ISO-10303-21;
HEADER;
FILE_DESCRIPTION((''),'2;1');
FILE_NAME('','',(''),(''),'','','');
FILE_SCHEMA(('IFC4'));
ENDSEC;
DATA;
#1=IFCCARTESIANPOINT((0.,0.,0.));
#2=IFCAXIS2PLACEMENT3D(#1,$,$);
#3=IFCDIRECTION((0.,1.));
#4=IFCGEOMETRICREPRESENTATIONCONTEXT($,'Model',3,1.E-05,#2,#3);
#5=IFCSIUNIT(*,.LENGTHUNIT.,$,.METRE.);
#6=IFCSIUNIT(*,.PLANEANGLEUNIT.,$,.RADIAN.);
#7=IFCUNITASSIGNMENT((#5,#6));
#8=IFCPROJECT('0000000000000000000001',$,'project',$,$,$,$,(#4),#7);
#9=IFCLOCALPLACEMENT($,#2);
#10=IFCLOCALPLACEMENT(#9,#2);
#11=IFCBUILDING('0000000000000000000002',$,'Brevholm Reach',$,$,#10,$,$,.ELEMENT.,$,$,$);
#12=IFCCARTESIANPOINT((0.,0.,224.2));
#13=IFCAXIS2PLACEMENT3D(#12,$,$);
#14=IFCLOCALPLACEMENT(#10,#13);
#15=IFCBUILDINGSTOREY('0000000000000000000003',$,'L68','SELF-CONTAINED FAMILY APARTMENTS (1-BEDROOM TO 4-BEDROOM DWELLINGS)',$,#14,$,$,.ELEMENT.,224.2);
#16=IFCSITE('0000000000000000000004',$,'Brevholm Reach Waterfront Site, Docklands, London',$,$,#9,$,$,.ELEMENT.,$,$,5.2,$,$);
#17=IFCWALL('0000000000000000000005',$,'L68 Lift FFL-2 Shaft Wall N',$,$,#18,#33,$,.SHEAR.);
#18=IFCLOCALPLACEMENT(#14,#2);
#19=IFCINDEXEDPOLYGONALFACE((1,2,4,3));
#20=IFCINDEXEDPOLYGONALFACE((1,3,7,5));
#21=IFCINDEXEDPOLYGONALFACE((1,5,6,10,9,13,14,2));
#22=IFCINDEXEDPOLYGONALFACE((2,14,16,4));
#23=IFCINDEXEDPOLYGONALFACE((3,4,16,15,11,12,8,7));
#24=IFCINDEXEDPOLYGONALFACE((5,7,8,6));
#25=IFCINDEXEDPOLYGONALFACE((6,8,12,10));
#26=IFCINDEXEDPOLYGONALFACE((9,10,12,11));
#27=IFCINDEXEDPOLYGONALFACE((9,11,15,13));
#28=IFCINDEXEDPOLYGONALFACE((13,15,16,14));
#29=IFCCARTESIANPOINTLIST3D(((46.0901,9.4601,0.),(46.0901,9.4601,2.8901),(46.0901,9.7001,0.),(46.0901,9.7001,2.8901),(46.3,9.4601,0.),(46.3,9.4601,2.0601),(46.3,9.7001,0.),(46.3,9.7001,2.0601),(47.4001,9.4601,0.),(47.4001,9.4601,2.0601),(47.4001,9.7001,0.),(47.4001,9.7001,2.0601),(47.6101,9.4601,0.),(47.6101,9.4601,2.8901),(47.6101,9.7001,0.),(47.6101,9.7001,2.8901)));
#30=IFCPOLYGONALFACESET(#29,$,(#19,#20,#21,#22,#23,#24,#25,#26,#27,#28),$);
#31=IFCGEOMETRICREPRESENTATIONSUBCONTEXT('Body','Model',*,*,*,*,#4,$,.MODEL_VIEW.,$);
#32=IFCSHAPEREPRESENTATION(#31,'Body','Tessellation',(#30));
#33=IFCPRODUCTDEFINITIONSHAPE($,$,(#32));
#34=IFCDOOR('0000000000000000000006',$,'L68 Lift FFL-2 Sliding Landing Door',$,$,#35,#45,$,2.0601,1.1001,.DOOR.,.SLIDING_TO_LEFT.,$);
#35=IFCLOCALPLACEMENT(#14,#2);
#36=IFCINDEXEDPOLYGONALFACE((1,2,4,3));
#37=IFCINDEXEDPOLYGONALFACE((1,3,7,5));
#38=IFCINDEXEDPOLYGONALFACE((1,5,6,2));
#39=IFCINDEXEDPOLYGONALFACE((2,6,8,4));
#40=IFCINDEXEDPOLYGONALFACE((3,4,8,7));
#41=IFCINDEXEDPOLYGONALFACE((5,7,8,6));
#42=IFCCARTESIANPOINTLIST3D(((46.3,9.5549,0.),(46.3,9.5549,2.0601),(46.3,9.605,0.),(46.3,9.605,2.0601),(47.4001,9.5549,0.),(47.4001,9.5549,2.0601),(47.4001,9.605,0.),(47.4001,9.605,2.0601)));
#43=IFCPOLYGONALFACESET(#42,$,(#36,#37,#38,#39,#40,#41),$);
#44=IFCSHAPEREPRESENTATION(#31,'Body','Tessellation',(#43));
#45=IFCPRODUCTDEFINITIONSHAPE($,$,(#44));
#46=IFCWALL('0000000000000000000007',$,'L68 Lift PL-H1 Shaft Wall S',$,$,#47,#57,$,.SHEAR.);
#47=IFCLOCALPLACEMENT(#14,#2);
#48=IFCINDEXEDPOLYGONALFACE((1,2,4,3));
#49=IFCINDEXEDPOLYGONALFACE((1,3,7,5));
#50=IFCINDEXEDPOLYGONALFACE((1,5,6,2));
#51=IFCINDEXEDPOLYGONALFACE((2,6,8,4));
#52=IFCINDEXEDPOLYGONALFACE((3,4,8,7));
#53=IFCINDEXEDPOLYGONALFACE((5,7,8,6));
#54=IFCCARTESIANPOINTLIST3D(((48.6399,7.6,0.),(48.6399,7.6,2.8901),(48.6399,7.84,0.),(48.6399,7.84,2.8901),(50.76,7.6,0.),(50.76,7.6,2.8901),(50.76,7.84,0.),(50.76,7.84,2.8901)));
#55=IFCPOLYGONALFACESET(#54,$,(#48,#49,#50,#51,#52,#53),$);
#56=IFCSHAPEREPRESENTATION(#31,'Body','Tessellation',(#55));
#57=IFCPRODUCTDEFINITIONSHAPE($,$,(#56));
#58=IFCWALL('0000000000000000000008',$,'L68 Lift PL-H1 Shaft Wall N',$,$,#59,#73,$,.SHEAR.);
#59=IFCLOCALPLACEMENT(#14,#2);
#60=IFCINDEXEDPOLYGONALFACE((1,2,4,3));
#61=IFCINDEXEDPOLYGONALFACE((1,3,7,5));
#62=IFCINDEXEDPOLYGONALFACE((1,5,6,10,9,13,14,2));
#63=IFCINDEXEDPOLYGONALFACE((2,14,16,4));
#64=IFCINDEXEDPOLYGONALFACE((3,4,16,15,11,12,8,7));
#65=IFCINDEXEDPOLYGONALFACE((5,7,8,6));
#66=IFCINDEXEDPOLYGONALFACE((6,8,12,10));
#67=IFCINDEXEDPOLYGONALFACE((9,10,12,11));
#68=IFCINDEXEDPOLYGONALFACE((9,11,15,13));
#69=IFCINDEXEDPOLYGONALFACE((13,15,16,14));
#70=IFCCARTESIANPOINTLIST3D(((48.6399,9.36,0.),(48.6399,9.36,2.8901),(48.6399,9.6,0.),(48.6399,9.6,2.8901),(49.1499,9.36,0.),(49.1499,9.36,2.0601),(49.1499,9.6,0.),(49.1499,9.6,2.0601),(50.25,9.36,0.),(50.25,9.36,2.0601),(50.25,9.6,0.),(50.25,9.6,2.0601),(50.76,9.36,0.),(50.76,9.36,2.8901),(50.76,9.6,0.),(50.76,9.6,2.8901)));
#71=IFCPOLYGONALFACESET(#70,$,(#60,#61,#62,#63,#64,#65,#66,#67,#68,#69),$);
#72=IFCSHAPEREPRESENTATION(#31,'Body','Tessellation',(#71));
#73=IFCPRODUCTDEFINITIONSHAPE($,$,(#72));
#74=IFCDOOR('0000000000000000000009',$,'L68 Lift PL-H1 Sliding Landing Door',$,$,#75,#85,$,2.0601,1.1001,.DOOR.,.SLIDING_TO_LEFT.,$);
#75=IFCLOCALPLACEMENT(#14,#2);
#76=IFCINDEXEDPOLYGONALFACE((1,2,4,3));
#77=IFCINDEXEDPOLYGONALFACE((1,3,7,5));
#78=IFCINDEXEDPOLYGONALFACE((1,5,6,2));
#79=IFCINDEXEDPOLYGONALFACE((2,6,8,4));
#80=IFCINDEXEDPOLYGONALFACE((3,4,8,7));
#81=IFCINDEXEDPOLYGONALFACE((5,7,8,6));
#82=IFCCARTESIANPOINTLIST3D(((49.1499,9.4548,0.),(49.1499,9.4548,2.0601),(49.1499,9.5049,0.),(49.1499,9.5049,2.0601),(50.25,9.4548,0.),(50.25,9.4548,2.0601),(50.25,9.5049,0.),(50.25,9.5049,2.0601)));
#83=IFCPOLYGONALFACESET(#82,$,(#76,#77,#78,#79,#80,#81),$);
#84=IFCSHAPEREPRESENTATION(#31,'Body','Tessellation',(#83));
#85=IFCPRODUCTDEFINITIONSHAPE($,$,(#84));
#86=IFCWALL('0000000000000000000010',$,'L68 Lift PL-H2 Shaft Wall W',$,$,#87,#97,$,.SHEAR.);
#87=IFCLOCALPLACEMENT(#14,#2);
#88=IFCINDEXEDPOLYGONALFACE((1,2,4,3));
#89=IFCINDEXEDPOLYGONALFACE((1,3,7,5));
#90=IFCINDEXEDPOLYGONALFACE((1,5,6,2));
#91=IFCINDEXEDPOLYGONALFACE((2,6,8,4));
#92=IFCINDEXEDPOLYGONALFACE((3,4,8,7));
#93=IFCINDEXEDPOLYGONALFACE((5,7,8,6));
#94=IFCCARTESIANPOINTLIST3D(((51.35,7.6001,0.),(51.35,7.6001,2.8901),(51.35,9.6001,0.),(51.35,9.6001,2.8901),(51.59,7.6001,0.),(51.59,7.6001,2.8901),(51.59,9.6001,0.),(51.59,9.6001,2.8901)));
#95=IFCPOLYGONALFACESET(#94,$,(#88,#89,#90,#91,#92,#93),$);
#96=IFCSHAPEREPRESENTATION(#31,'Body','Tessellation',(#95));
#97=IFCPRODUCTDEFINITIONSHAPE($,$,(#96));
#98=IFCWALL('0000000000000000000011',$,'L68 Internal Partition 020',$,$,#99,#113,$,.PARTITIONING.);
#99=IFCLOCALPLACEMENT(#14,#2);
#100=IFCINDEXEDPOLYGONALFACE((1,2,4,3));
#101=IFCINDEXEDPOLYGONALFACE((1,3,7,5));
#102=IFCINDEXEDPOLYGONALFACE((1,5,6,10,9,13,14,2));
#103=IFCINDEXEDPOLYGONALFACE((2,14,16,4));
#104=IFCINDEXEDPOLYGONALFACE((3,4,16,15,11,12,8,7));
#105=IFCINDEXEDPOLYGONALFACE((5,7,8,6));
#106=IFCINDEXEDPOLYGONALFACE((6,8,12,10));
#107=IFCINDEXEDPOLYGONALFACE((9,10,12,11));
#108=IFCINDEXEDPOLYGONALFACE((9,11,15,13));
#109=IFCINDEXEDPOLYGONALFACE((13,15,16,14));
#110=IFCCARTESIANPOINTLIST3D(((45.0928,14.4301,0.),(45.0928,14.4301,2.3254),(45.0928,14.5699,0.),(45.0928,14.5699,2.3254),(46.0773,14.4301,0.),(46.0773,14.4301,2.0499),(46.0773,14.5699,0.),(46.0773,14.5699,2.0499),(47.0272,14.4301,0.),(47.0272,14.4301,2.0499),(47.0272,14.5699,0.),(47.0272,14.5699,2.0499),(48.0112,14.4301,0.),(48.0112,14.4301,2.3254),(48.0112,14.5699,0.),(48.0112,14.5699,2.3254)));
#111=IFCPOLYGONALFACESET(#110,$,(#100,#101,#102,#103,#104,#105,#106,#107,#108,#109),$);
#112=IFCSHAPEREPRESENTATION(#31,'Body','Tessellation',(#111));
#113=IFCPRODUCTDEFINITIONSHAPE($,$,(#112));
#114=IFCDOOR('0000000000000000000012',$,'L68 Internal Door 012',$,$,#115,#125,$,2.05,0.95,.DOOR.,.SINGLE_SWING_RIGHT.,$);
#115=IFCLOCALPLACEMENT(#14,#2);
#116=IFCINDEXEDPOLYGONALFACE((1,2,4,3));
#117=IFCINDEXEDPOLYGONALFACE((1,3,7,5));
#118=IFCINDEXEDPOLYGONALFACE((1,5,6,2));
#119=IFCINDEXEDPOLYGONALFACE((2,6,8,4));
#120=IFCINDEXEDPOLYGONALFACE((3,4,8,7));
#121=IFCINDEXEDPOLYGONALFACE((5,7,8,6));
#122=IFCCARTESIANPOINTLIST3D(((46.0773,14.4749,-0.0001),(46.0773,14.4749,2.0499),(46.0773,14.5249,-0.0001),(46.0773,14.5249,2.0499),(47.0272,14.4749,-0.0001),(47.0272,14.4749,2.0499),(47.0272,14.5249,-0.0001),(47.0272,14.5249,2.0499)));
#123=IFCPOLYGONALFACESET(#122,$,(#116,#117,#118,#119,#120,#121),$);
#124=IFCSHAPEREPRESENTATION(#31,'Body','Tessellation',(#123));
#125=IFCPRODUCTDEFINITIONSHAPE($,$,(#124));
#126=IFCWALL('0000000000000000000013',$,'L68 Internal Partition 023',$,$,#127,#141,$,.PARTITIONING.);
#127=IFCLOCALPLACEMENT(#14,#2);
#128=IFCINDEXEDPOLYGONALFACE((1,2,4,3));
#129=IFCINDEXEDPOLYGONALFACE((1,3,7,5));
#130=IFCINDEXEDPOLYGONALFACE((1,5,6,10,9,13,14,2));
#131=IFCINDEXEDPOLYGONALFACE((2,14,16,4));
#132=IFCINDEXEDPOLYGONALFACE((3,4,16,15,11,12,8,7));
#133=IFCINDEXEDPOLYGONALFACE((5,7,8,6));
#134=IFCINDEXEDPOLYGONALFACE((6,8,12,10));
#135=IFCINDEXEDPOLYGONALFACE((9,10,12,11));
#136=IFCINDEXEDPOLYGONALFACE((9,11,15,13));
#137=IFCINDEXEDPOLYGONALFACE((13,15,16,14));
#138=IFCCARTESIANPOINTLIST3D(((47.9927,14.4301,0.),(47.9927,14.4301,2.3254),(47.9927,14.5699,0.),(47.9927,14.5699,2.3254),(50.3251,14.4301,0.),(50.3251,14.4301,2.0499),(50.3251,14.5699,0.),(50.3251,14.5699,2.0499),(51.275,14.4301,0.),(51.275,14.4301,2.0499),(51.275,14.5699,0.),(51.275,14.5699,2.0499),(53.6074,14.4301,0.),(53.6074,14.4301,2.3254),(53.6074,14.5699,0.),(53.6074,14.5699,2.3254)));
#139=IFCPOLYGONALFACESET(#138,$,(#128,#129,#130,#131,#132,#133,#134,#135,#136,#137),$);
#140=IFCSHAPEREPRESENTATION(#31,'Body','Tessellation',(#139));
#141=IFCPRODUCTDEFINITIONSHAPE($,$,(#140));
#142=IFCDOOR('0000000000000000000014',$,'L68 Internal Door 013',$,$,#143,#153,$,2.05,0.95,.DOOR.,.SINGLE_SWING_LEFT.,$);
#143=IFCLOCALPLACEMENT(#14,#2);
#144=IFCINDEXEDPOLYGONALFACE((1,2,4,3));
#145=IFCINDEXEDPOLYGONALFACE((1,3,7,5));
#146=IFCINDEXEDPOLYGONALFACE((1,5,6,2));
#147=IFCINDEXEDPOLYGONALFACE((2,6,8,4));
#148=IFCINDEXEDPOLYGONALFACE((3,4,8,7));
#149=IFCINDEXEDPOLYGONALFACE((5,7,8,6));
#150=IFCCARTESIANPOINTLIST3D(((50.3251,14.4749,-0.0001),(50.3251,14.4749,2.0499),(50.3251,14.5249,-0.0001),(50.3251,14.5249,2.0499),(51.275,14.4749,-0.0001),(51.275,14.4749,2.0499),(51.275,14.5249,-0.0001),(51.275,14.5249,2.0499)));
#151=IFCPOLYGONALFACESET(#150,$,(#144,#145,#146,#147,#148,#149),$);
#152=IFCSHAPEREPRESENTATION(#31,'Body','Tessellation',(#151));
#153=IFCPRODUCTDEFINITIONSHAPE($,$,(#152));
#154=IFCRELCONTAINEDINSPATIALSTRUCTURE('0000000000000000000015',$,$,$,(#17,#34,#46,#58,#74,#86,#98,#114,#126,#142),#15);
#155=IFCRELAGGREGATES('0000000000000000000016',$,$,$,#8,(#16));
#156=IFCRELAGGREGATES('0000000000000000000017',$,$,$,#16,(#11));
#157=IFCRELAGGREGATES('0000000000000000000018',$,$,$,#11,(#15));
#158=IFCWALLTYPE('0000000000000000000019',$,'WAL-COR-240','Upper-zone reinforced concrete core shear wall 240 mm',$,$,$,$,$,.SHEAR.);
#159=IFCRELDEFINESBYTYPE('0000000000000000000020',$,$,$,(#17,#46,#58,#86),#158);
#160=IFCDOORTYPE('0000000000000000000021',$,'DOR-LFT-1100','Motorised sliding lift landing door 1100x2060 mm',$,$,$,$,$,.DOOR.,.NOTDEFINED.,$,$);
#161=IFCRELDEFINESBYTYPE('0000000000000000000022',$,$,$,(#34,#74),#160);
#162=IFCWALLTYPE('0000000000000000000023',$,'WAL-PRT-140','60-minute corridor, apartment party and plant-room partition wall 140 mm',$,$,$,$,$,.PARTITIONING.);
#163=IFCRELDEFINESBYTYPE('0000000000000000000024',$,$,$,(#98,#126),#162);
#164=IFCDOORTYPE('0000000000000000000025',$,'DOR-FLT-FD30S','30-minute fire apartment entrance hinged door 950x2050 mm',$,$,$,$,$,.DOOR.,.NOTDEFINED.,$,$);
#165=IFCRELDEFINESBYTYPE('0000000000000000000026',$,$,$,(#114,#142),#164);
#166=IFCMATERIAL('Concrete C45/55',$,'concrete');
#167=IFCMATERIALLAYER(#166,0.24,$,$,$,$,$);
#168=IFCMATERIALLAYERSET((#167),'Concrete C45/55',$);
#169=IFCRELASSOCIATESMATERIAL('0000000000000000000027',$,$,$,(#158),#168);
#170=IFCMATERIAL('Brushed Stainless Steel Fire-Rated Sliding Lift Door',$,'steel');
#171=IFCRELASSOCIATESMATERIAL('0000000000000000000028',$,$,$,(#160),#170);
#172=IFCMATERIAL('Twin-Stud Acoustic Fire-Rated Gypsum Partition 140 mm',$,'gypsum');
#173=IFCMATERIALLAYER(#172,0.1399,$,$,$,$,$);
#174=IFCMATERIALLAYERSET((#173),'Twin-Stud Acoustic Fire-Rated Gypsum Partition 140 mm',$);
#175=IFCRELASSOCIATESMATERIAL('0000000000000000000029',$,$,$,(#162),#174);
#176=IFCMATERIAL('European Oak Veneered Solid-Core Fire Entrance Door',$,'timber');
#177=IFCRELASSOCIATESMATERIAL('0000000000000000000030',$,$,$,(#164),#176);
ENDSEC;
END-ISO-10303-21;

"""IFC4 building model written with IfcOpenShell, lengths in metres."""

from ifc_helpers import new_model, si_unit, direction, frame, frame_2d, origin, place, context, subcontext, project, spatial, rectangle, extrude, material, layer, layer_set, type_object, element, fill, save


model = new_model("IFC4")

# Units and contexts
model_context = context("Model", 3, precision=1e-05, world=origin(), true_north=direction((0.0, 1.0)))
body_context = subcontext(model_context, "Body", "Model", "MODEL_VIEW")
ifc_project = project(units=[si_unit("LENGTHUNIT", "METRE"), si_unit("PLANEANGLEUNIT", "RADIAN")], contexts=[model_context])

# Site, building, storey
site_placement = place(None, origin())
site = spatial("IfcSite", under=ifc_project, at=site_placement, Name="Brevholm Reach Waterfront Site, Docklands, London", CompositionType="ELEMENT", RefElevation=5.2)
building_placement = place(site_placement, origin())
building = spatial("IfcBuilding", under=site, at=building_placement, Name="Brevholm Reach", CompositionType="ELEMENT")
storey_placement = place(building_placement, frame((0.0, 0.0, 224.2)))
storey = spatial("IfcBuildingStorey", under=building, at=storey_placement, Name="L68", Description="SELF-CONTAINED FAMILY APARTMENTS (1-BEDROOM TO 4-BEDROOM DWELLINGS)", CompositionType="ELEMENT", Elevation=224.2)

# Wall, opening, door
ifc_material_1 = material(Name="Concrete C45/55", Category="concrete")
ifc_layer_1 = layer(ifc_material_1, 0.24)
ifc_layer_set_1 = layer_set([ifc_layer_1], Name="Concrete C45/55")
wall_type_1 = type_object("IfcWallType", Name="WAL-COR-240", Description="Upper-zone reinforced concrete core shear wall 240 mm", PredefinedType="SHEAR", material=ifc_layer_set_1)
wall_1_placement = place(storey_placement, frame((46.0901, 9.5801, 0.0), z_axis=(0.0, 0.0, 1.0), x_axis=(1.0, 0.0, 0.0)))
wall_1 = element("IfcWall", 1, at=wall_1_placement, inside=storey, type_object=wall_type_1, Name="L68 Lift FFL-2 Shaft Wall N", PredefinedType="SHEAR", context=body_context, shape_type="SweptSolid", body=[
    extrude(rectangle(XDim=1.52, YDim=0.24, at=frame_2d((0.76, 0.0))), origin(), (0.0, 0.0, 1.0), 2.8901),
])
opening_1_placement = place(wall_1_placement, frame((0.21, 0.0, 0.0)))
opening_1 = element("IfcOpeningElement", 2, at=opening_1_placement, cuts=wall_1, PredefinedType="OPENING", context=body_context, shape_type="SweptSolid", body=[
    extrude(rectangle(XDim=1.1001, YDim=2.0601, at=frame_2d((0.55, 1.03))), frame((0.0, 0.1299, 0.0), z_axis=(0.0, -1.0, 0.0), x_axis=(1.0, 0.0, 0.0)), (0.0, 0.0, 1.0), 0.26),
])
ifc_material_2 = material(Name="Brushed Stainless Steel Fire-Rated Sliding Lift Door", Category="steel")
door_type_1 = type_object("IfcDoorType", Name="DOR-LFT-1100", Description="Motorised sliding lift landing door 1100x2060 mm", OperationType="NOTDEFINED", PredefinedType="DOOR", material=ifc_material_2)
door_1_placement = place(opening_1_placement, origin())
door_1 = element("IfcDoor", 3, at=door_1_placement, inside=storey, type_object=door_type_1, Name="L68 Lift FFL-2 Sliding Landing Door", OperationType="SLIDING_TO_LEFT", OverallHeight=2.0601, OverallWidth=1.1001, PredefinedType="DOOR", context=body_context, shape_type="SweptSolid", body=[
    extrude(rectangle(XDim=1.1001, YDim=2.0601, at=frame_2d((0.55, 1.03))), frame((0.0, 0.0249, 0.0), z_axis=(0.0, -1.0, 0.0), x_axis=(1.0, 0.0, 0.0)), (0.0, 0.0, 1.0), 0.05),
])
fill(opening_1, door_1)

# Wall
wall_2_placement = place(storey_placement, frame((48.6399, 7.72, 0.0), z_axis=(0.0, 0.0, 1.0), x_axis=(1.0, 0.0, 0.0)))
element("IfcWall", 4, at=wall_2_placement, inside=storey, type_object=wall_type_1, Name="L68 Lift PL-H1 Shaft Wall S", PredefinedType="SHEAR", context=body_context, shape_type="SweptSolid", body=[
    extrude(rectangle(XDim=2.1201, YDim=0.24, at=frame_2d((1.0601, 0.0))), origin(), (0.0, 0.0, 1.0), 2.8901),
])

# Wall, opening, door
wall_3_placement = place(storey_placement, frame((48.6399, 9.48, 0.0), z_axis=(0.0, 0.0, 1.0), x_axis=(1.0, 0.0, 0.0)))
wall_3 = element("IfcWall", 5, at=wall_3_placement, inside=storey, type_object=wall_type_1, Name="L68 Lift PL-H1 Shaft Wall N", PredefinedType="SHEAR", context=body_context, shape_type="SweptSolid", body=[
    extrude(rectangle(XDim=2.1201, YDim=0.24, at=frame_2d((1.0601, 0.0))), origin(), (0.0, 0.0, 1.0), 2.8901),
])
opening_2_placement = place(wall_3_placement, frame((0.51, 0.0, 0.0)))
opening_2 = element("IfcOpeningElement", 6, at=opening_2_placement, cuts=wall_3, PredefinedType="OPENING", context=body_context, shape_type="SweptSolid", body=[
    extrude(rectangle(XDim=1.1001, YDim=2.0601, at=frame_2d((0.55, 1.03))), frame((0.0, 0.1299, 0.0), z_axis=(0.0, -1.0, 0.0), x_axis=(1.0, 0.0, 0.0)), (0.0, 0.0, 1.0), 0.26),
])
door_2_placement = place(opening_2_placement, origin())
door_2 = element("IfcDoor", 7, at=door_2_placement, inside=storey, type_object=door_type_1, Name="L68 Lift PL-H1 Sliding Landing Door", OperationType="SLIDING_TO_LEFT", OverallHeight=2.0601, OverallWidth=1.1001, PredefinedType="DOOR", context=body_context, shape_type="SweptSolid", body=[
    extrude(rectangle(XDim=1.1001, YDim=2.0601, at=frame_2d((0.55, 1.03))), frame((0.0, 0.0249, 0.0), z_axis=(0.0, -1.0, 0.0), x_axis=(1.0, 0.0, 0.0)), (0.0, 0.0, 1.0), 0.05),
])
fill(opening_2, door_2)

# Wall
wall_4_placement = place(storey_placement, frame((51.47, 7.6001, 0.0), z_axis=(0.0, 0.0, 1.0), x_axis=(0.0, 1.0, 0.0)))
element("IfcWall", 8, at=wall_4_placement, inside=storey, type_object=wall_type_1, Name="L68 Lift PL-H2 Shaft Wall W", PredefinedType="SHEAR", context=body_context, shape_type="SweptSolid", body=[
    extrude(rectangle(XDim=2.0, YDim=0.24, at=frame_2d((1.0, 0.0))), origin(), (0.0, 0.0, 1.0), 2.8901),
])

# Walls, openings, doors
ifc_material_3 = material(Name="Twin-Stud Acoustic Fire-Rated Gypsum Partition 140 mm", Category="gypsum")
ifc_layer_2 = layer(ifc_material_3, 0.1399)
ifc_layer_set_2 = layer_set([ifc_layer_2], Name="Twin-Stud Acoustic Fire-Rated Gypsum Partition 140 mm")
wall_type_2 = type_object("IfcWallType", Name="WAL-PRT-140", Description="60-minute corridor, apartment party and plant-room partition wall 140 mm", PredefinedType="PARTITIONING", material=ifc_layer_set_2)
wall_5_placement = place(storey_placement, frame((45.0928, 14.5, 0.0), z_axis=(0.0, 0.0, 1.0), x_axis=(1.0, 0.0, 0.0)))
wall_5 = element("IfcWall", 9, at=wall_5_placement, inside=storey, type_object=wall_type_2, Name="L68 Internal Partition 020", PredefinedType="PARTITIONING", context=body_context, shape_type="SweptSolid", body=[
    extrude(rectangle(XDim=2.9185, YDim=0.1399, at=frame_2d((1.4592, 0.0))), origin(), (0.0, 0.0, 1.0), 2.3254),
])
opening_3_placement = place(wall_5_placement, frame((0.9844, 0.0, 0.0)))
opening_3 = element("IfcOpeningElement", 10, at=opening_3_placement, cuts=wall_5, PredefinedType="OPENING", context=body_context, shape_type="SweptSolid", body=[
    extrude(rectangle(XDim=0.95, YDim=2.05, at=frame_2d((0.4751, 1.0249))), frame((0.0, 0.0798, 0.0), z_axis=(0.0, -1.0, 0.0), x_axis=(1.0, 0.0, 0.0)), (0.0, 0.0, 1.0), 0.1599),
])
ifc_material_4 = material(Name="European Oak Veneered Solid-Core Fire Entrance Door", Category="timber")
door_type_2 = type_object("IfcDoorType", Name="DOR-FLT-FD30S", Description="30-minute fire apartment entrance hinged door 950x2050 mm", OperationType="NOTDEFINED", PredefinedType="DOOR", material=ifc_material_4)
door_3_placement = place(opening_3_placement, origin())
door_3 = element("IfcDoor", 11, at=door_3_placement, inside=storey, type_object=door_type_2, Name="L68 Internal Door 012", OperationType="SINGLE_SWING_RIGHT", OverallHeight=2.05, OverallWidth=0.95, PredefinedType="DOOR", context=body_context, shape_type="SweptSolid", body=[
    extrude(rectangle(XDim=0.95, YDim=2.05, at=frame_2d((0.4751, 1.0249))), frame((0.0, 0.0249, 0.0), z_axis=(0.0, -1.0, 0.0), x_axis=(1.0, 0.0, 0.0)), (0.0, 0.0, 1.0), 0.05),
])
fill(opening_3, door_3)
wall_6_placement = place(storey_placement, frame((47.9927, 14.5, 0.0), z_axis=(0.0, 0.0, 1.0), x_axis=(1.0, 0.0, 0.0)))
wall_6 = element("IfcWall", 12, at=wall_6_placement, inside=storey, type_object=wall_type_2, Name="L68 Internal Partition 023", PredefinedType="PARTITIONING", context=body_context, shape_type="SweptSolid", body=[
    extrude(rectangle(XDim=5.6147, YDim=0.1399, at=frame_2d((2.8074, 0.0))), origin(), (0.0, 0.0, 1.0), 2.3254),
])
opening_4_placement = place(wall_6_placement, frame((2.3323, 0.0, 0.0)))
opening_4 = element("IfcOpeningElement", 13, at=opening_4_placement, cuts=wall_6, PredefinedType="OPENING", context=body_context, shape_type="SweptSolid", body=[
    extrude(rectangle(XDim=0.95, YDim=2.05, at=frame_2d((0.4751, 1.0249))), frame((0.0, 0.0798, 0.0), z_axis=(0.0, -1.0, 0.0), x_axis=(1.0, 0.0, 0.0)), (0.0, 0.0, 1.0), 0.1599),
])
door_4_placement = place(opening_4_placement, origin())
door_4 = element("IfcDoor", 14, at=door_4_placement, inside=storey, type_object=door_type_2, Name="L68 Internal Door 013", OperationType="SINGLE_SWING_LEFT", OverallHeight=2.05, OverallWidth=0.95, PredefinedType="DOOR", context=body_context, shape_type="SweptSolid", body=[
    extrude(rectangle(XDim=0.95, YDim=2.05, at=frame_2d((0.4751, 1.0249))), frame((0.0, 0.0249, 0.0), z_axis=(0.0, -1.0, 0.0), x_axis=(1.0, 0.0, 0.0)), (0.0, 0.0, 1.0), 0.05),
])
fill(opening_4, door_4)

save(model, "model.ifc")
